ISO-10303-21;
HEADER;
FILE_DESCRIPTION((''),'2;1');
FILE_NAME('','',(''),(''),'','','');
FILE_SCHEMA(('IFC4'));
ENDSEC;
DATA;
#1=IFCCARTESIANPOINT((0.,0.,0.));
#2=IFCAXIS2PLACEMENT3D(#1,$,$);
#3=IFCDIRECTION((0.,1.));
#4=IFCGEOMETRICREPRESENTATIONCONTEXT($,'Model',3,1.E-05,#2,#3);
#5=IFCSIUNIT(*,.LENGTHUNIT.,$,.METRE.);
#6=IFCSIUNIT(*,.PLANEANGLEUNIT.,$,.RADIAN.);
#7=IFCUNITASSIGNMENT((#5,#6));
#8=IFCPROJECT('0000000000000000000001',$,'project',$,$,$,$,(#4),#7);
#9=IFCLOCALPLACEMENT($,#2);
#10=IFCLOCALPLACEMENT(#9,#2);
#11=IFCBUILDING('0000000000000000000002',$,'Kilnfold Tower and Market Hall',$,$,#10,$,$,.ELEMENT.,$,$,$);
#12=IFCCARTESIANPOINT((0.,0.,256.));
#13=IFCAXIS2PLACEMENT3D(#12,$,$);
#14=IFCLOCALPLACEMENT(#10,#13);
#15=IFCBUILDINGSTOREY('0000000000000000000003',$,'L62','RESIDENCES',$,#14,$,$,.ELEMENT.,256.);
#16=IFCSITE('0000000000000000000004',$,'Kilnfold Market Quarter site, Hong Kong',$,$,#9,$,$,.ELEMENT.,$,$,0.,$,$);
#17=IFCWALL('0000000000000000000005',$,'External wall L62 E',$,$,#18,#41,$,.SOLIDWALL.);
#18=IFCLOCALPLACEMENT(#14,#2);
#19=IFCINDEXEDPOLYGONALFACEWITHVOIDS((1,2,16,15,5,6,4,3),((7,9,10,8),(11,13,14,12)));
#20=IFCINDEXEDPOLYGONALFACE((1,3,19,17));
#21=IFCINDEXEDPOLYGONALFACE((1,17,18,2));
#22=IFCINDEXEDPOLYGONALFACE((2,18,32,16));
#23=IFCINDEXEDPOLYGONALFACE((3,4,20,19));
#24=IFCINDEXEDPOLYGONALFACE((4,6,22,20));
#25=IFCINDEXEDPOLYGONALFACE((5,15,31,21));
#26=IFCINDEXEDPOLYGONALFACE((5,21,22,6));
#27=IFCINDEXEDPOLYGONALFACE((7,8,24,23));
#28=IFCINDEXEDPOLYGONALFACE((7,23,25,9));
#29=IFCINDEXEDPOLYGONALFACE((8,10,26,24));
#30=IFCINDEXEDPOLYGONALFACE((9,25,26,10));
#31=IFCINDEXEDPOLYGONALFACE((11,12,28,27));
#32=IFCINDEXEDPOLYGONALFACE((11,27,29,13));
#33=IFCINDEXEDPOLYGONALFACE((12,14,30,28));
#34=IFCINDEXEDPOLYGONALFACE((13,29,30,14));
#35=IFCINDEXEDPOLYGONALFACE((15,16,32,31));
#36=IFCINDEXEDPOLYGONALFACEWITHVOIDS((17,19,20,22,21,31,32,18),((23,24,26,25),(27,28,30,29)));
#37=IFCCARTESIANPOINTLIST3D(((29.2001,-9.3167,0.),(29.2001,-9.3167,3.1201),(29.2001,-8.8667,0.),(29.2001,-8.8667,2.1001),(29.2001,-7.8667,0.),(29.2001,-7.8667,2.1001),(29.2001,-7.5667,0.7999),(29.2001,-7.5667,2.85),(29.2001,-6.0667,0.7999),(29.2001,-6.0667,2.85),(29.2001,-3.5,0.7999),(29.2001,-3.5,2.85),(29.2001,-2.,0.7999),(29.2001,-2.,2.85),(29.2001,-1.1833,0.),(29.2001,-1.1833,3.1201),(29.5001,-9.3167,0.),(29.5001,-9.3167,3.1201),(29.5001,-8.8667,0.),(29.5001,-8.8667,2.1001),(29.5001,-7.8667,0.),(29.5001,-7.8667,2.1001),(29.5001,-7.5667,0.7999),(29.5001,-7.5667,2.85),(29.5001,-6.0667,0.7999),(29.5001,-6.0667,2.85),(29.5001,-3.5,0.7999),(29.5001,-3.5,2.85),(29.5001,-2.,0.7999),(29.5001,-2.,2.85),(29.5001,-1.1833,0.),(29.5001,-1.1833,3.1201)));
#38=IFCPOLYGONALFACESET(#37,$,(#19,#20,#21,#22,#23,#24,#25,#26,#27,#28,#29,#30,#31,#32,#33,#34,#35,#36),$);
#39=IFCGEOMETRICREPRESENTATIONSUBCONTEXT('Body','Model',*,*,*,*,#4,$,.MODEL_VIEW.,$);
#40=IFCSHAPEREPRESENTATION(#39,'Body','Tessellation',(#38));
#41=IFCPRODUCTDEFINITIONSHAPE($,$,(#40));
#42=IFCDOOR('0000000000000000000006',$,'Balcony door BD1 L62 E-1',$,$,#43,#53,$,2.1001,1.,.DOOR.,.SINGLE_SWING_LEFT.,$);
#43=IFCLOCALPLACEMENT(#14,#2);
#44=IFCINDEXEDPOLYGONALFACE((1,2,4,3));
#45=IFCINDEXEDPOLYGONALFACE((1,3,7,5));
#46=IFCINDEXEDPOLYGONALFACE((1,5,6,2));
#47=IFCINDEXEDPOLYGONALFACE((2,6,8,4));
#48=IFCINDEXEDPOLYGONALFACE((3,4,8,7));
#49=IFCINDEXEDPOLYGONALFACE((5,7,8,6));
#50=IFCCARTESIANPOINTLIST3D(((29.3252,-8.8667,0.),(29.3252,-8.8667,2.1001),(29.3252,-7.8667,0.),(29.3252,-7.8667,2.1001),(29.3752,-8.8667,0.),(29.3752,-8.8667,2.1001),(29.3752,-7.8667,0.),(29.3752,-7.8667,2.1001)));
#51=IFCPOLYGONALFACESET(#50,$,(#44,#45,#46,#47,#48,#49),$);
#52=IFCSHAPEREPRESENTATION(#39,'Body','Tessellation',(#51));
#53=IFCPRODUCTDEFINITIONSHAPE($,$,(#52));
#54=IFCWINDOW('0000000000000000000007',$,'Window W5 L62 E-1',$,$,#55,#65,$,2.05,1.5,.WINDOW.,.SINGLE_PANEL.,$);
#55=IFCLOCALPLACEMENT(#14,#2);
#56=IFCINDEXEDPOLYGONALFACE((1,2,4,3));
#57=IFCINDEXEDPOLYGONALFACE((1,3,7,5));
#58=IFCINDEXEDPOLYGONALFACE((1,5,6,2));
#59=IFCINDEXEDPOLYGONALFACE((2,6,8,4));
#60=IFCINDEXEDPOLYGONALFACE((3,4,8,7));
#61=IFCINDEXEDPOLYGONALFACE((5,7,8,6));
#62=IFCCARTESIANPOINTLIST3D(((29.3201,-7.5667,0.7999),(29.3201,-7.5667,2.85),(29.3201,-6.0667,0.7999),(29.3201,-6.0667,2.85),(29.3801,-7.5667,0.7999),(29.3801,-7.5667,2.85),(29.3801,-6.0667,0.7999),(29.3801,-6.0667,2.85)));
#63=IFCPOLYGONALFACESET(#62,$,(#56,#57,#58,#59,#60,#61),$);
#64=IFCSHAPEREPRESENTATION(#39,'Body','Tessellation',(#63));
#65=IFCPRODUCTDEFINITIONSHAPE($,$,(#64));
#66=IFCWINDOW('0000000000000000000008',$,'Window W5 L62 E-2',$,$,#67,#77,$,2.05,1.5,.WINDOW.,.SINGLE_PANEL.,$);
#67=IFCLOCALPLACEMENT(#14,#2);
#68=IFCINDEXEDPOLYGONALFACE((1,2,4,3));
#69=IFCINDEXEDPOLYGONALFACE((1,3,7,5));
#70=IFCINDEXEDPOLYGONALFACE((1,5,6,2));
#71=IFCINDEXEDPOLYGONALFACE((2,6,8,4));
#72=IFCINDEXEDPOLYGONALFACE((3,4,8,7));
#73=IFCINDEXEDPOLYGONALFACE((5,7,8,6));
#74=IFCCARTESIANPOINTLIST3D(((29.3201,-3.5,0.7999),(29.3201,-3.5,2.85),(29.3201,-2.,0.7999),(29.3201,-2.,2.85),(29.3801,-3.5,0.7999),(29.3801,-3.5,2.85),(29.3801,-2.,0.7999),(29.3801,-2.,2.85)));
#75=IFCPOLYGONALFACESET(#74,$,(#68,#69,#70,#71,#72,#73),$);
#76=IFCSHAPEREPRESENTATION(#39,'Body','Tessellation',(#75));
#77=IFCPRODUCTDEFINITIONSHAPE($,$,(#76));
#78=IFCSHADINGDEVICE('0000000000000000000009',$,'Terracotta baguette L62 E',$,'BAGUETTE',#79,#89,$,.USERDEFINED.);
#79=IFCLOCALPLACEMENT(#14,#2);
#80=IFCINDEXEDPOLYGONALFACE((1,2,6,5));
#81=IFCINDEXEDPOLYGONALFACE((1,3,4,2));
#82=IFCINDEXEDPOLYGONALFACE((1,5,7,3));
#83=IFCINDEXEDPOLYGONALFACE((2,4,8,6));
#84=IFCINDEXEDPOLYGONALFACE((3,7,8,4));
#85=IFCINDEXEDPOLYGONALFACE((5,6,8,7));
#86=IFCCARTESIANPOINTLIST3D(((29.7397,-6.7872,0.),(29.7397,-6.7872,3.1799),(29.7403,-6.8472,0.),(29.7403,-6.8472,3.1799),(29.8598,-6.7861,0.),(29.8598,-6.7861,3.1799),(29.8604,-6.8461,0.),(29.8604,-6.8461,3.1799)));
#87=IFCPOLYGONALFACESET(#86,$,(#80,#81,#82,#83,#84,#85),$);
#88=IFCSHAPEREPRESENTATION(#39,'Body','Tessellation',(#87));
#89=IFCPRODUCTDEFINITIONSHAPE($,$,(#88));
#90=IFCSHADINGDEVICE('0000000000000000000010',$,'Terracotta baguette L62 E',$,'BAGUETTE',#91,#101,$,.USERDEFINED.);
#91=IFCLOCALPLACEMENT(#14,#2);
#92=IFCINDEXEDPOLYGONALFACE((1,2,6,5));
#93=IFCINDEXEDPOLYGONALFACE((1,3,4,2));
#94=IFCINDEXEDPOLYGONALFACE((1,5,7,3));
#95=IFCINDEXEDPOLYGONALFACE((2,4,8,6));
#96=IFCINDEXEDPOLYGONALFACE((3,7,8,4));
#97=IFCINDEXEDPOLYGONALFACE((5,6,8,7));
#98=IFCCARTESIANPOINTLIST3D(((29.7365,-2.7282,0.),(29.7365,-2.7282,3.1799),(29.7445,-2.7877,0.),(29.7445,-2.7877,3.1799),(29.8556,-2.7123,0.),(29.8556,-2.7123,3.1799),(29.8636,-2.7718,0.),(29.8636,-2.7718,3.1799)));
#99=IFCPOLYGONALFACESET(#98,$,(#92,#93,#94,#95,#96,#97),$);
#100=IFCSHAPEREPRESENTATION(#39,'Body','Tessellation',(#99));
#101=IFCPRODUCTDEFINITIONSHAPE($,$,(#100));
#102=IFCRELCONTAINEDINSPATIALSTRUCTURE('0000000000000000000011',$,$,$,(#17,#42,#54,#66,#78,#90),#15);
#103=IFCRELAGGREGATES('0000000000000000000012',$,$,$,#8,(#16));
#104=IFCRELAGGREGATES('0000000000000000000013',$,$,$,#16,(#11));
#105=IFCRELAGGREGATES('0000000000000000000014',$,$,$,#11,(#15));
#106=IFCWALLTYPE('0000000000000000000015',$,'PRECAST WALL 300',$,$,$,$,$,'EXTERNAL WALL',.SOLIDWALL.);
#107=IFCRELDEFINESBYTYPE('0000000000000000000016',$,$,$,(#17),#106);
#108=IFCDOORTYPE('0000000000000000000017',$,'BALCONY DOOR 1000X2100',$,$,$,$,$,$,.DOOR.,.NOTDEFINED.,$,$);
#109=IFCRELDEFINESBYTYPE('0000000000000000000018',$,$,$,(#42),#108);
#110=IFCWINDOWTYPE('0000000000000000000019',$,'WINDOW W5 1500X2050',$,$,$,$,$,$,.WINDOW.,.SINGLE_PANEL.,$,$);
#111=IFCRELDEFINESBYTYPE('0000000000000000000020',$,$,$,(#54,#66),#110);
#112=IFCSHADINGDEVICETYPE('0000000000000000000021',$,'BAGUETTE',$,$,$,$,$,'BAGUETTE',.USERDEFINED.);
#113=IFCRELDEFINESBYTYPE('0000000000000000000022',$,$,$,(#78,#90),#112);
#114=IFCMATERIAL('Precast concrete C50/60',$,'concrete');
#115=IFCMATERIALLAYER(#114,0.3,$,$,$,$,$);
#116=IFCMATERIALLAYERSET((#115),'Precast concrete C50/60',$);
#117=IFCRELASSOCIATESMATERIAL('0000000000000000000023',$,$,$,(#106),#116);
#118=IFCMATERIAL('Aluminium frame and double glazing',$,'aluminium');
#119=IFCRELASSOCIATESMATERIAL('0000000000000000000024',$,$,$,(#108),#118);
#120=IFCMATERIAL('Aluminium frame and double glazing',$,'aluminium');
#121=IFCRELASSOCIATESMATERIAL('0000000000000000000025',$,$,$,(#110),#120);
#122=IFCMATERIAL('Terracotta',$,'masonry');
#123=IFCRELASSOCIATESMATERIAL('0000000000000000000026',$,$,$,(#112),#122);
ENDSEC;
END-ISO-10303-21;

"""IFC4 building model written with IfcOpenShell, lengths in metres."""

from ifc_helpers import new_model, si_unit, direction, frame, frame_2d, origin, origin_2d, place, context, subcontext, project, spatial, rectangle, extrude, source, transform, mapped, material, layer, layer_set, material_profile, profile_set, type_object, element, fill, save


model = new_model("IFC4")

# Units and contexts
model_context = context("Model", 3, precision=1e-05, world=origin(), true_north=direction((0.0, 1.0)))
body_context = subcontext(model_context, "Body", "Model", "MODEL_VIEW")
ifc_project = project(units=[si_unit("LENGTHUNIT", "METRE"), si_unit("PLANEANGLEUNIT", "RADIAN")], contexts=[model_context])

# Site, building, storey
site_placement = place(None, origin())
site = spatial("IfcSite", under=ifc_project, at=site_placement, Name="Kilnfold Market Quarter site, Hong Kong", CompositionType="ELEMENT", RefElevation=0.0)
building_placement = place(site_placement, origin())
building = spatial("IfcBuilding", under=site, at=building_placement, Name="Kilnfold Tower and Market Hall", CompositionType="ELEMENT")
storey_placement = place(building_placement, frame((0.0, 0.0, 256.0)))
storey = spatial("IfcBuildingStorey", under=building, at=storey_placement, Name="L62", Description="RESIDENCES", CompositionType="ELEMENT", Elevation=256.0)

# Wall, openings, door, windows
ifc_material_1 = material(Name="Precast concrete C50/60", Category="concrete")
ifc_layer_1 = layer(ifc_material_1, 0.3)
ifc_layer_set_1 = layer_set([ifc_layer_1], Name="Precast concrete C50/60")
wall_type_1 = type_object("IfcWallType", Name="PRECAST WALL 300", ElementType="EXTERNAL WALL", PredefinedType="SOLIDWALL", material=ifc_layer_set_1)
shared_shape_1 = source(origin(), body_context, "Body", "SweptSolid", [
    extrude(rectangle(XDim=8.1333, YDim=0.3, at=frame_2d((4.0667, 0.0))), origin(), (0.0, 0.0, 1.0), 3.1201),
])
wall_1_placement = place(storey_placement, frame((29.3501, -9.3167, 0.0), z_axis=(0.0, 0.0, 1.0), x_axis=(0.0, 1.0, 0.0)))
wall_1 = element("IfcWall", 1, at=wall_1_placement, inside=storey, type_object=wall_type_1, Name="External wall L62 E", PredefinedType="SOLIDWALL", context=body_context, shape_type="MappedRepresentation", body=[
    mapped(shared_shape_1, transform((0.0, 0.0, 0.0))),
])
opening_1_placement = place(wall_1_placement, frame((1.75, 0.0, 0.8)))
opening_1 = element("IfcOpeningElement", 2, at=opening_1_placement, cuts=wall_1, PredefinedType="OPENING", context=body_context, shape_type="SweptSolid", body=[
    extrude(rectangle(XDim=1.5, YDim=2.05, at=frame_2d((0.75, 1.0249))), frame((0.0, 0.1602, 0.0), z_axis=(0.0, -1.0, 0.0), x_axis=(1.0, 0.0, 0.0)), (0.0, 0.0, 1.0), 0.3201),
])
opening_2_placement = place(wall_1_placement, frame((0.45, 0.0, 0.0)))
opening_2 = element("IfcOpeningElement", 3, at=opening_2_placement, cuts=wall_1, PredefinedType="OPENING", context=body_context, shape_type="SweptSolid", body=[
    extrude(rectangle(XDim=1.0, YDim=2.1001, at=frame_2d((0.5, 1.05))), frame((0.0, 0.1602, 0.0), z_axis=(0.0, -1.0, 0.0), x_axis=(1.0, 0.0, 0.0)), (0.0, 0.0, 1.0), 0.3201),
])
opening_3_placement = place(wall_1_placement, frame((5.8167, 0.0, 0.8)))
opening_3 = element("IfcOpeningElement", 4, at=opening_3_placement, cuts=wall_1, PredefinedType="OPENING", context=body_context, shape_type="SweptSolid", body=[
    extrude(rectangle(XDim=1.5, YDim=2.05, at=frame_2d((0.75, 1.0249))), frame((0.0, 0.1602, 0.0), z_axis=(0.0, -1.0, 0.0), x_axis=(1.0, 0.0, 0.0)), (0.0, 0.0, 1.0), 0.3201),
])
ifc_material_2 = material(Name="Aluminium frame and double glazing", Category="aluminium")
door_type_1 = type_object("IfcDoorType", Name="BALCONY DOOR 1000X2100", OperationType="NOTDEFINED", PredefinedType="DOOR", material=ifc_material_2)
door_1_placement = place(opening_2_placement, origin())
door_1 = element("IfcDoor", 5, at=door_1_placement, inside=storey, type_object=door_type_1, Name="Balcony door BD1 L62 E-1", OperationType="SINGLE_SWING_LEFT", OverallHeight=2.1001, OverallWidth=1.0, PredefinedType="DOOR", context=body_context, shape_type="SweptSolid", body=[
    extrude(rectangle(XDim=1.0, YDim=2.1001, at=frame_2d((0.5, 1.05))), frame((0.0, 0.0249, 0.0), z_axis=(0.0, -1.0, 0.0), x_axis=(1.0, 0.0, 0.0)), (0.0, 0.0, 1.0), 0.05),
])
fill(opening_2, door_1)
ifc_material_3 = material(Name="Aluminium frame and double glazing", Category="aluminium")
window_type = type_object("IfcWindowType", Name="WINDOW W5 1500X2050", PartitioningType="SINGLE_PANEL", PredefinedType="WINDOW", material=ifc_material_3)
window_1_placement = place(opening_1_placement, origin())
window_1 = element("IfcWindow", 6, at=window_1_placement, inside=storey, type_object=window_type, Name="Window W5 L62 E-1", OverallHeight=2.05, OverallWidth=1.5, PartitioningType="SINGLE_PANEL", PredefinedType="WINDOW", context=body_context, shape_type="SweptSolid", body=[
    extrude(rectangle(XDim=1.5, YDim=2.05, at=frame_2d((0.75, 1.0249))), frame((0.0, 0.03, 0.0), z_axis=(0.0, -1.0, 0.0), x_axis=(1.0, 0.0, 0.0)), (0.0, 0.0, 1.0), 0.0601),
])
fill(opening_1, window_1)
window_2_placement = place(opening_3_placement, origin())
window_2 = element("IfcWindow", 7, at=window_2_placement, inside=storey, type_object=window_type, Name="Window W5 L62 E-2", OverallHeight=2.05, OverallWidth=1.5, PartitioningType="SINGLE_PANEL", PredefinedType="WINDOW", context=body_context, shape_type="SweptSolid", body=[
    extrude(rectangle(XDim=1.5, YDim=2.05, at=frame_2d((0.75, 1.0249))), frame((0.0, 0.03, 0.0), z_axis=(0.0, -1.0, 0.0), x_axis=(1.0, 0.0, 0.0)), (0.0, 0.0, 1.0), 0.0601),
])
fill(opening_3, window_2)

# Shading devices
ifc_material_4 = material(Name="Terracotta", Category="masonry")
ifc_material_profile_1 = material_profile(ifc_material_4, rectangle(XDim=0.0601, YDim=0.1201, at=origin_2d()), Name="BAG 60x120")
ifc_profile_set_1 = profile_set([ifc_material_profile_1], Name="Terracotta")
shading_device_type = type_object("IfcShadingDeviceType", Name="BAGUETTE", ElementType="BAGUETTE", PredefinedType="USERDEFINED", material=ifc_profile_set_1)
shared_shape_2 = source(origin(), body_context, "Body", "SweptSolid", [
    extrude(rectangle(XDim=0.0601, YDim=0.1201, at=origin_2d()), origin(), (0.0, 0.0, 1.0), 3.1799),
])
for number, where, z_axis, x_axis, name in (
    (8, (29.8, -6.8167, 0.0), (0.0, 0.0, 1.0), (-0.008833, 0.999961, 0.0), "Terracotta baguette L62 E"),
    (9, (29.8, -2.75, 0.0), (0.0, 0.0, 1.0), (-0.132253, 0.991216, 0.0), "Terracotta baguette L62 E"),
):
    element("IfcShadingDevice", number, at=place(storey_placement, frame(where, z_axis=z_axis, x_axis=x_axis)), inside=storey, type_object=shading_device_type, Name=name, ObjectType="BAGUETTE", PredefinedType="USERDEFINED", context=body_context, shape_type="MappedRepresentation", body=[
        mapped(shared_shape_2, transform((0.0, 0.0, 0.0))),
    ])

save(model, "model.ifc")
